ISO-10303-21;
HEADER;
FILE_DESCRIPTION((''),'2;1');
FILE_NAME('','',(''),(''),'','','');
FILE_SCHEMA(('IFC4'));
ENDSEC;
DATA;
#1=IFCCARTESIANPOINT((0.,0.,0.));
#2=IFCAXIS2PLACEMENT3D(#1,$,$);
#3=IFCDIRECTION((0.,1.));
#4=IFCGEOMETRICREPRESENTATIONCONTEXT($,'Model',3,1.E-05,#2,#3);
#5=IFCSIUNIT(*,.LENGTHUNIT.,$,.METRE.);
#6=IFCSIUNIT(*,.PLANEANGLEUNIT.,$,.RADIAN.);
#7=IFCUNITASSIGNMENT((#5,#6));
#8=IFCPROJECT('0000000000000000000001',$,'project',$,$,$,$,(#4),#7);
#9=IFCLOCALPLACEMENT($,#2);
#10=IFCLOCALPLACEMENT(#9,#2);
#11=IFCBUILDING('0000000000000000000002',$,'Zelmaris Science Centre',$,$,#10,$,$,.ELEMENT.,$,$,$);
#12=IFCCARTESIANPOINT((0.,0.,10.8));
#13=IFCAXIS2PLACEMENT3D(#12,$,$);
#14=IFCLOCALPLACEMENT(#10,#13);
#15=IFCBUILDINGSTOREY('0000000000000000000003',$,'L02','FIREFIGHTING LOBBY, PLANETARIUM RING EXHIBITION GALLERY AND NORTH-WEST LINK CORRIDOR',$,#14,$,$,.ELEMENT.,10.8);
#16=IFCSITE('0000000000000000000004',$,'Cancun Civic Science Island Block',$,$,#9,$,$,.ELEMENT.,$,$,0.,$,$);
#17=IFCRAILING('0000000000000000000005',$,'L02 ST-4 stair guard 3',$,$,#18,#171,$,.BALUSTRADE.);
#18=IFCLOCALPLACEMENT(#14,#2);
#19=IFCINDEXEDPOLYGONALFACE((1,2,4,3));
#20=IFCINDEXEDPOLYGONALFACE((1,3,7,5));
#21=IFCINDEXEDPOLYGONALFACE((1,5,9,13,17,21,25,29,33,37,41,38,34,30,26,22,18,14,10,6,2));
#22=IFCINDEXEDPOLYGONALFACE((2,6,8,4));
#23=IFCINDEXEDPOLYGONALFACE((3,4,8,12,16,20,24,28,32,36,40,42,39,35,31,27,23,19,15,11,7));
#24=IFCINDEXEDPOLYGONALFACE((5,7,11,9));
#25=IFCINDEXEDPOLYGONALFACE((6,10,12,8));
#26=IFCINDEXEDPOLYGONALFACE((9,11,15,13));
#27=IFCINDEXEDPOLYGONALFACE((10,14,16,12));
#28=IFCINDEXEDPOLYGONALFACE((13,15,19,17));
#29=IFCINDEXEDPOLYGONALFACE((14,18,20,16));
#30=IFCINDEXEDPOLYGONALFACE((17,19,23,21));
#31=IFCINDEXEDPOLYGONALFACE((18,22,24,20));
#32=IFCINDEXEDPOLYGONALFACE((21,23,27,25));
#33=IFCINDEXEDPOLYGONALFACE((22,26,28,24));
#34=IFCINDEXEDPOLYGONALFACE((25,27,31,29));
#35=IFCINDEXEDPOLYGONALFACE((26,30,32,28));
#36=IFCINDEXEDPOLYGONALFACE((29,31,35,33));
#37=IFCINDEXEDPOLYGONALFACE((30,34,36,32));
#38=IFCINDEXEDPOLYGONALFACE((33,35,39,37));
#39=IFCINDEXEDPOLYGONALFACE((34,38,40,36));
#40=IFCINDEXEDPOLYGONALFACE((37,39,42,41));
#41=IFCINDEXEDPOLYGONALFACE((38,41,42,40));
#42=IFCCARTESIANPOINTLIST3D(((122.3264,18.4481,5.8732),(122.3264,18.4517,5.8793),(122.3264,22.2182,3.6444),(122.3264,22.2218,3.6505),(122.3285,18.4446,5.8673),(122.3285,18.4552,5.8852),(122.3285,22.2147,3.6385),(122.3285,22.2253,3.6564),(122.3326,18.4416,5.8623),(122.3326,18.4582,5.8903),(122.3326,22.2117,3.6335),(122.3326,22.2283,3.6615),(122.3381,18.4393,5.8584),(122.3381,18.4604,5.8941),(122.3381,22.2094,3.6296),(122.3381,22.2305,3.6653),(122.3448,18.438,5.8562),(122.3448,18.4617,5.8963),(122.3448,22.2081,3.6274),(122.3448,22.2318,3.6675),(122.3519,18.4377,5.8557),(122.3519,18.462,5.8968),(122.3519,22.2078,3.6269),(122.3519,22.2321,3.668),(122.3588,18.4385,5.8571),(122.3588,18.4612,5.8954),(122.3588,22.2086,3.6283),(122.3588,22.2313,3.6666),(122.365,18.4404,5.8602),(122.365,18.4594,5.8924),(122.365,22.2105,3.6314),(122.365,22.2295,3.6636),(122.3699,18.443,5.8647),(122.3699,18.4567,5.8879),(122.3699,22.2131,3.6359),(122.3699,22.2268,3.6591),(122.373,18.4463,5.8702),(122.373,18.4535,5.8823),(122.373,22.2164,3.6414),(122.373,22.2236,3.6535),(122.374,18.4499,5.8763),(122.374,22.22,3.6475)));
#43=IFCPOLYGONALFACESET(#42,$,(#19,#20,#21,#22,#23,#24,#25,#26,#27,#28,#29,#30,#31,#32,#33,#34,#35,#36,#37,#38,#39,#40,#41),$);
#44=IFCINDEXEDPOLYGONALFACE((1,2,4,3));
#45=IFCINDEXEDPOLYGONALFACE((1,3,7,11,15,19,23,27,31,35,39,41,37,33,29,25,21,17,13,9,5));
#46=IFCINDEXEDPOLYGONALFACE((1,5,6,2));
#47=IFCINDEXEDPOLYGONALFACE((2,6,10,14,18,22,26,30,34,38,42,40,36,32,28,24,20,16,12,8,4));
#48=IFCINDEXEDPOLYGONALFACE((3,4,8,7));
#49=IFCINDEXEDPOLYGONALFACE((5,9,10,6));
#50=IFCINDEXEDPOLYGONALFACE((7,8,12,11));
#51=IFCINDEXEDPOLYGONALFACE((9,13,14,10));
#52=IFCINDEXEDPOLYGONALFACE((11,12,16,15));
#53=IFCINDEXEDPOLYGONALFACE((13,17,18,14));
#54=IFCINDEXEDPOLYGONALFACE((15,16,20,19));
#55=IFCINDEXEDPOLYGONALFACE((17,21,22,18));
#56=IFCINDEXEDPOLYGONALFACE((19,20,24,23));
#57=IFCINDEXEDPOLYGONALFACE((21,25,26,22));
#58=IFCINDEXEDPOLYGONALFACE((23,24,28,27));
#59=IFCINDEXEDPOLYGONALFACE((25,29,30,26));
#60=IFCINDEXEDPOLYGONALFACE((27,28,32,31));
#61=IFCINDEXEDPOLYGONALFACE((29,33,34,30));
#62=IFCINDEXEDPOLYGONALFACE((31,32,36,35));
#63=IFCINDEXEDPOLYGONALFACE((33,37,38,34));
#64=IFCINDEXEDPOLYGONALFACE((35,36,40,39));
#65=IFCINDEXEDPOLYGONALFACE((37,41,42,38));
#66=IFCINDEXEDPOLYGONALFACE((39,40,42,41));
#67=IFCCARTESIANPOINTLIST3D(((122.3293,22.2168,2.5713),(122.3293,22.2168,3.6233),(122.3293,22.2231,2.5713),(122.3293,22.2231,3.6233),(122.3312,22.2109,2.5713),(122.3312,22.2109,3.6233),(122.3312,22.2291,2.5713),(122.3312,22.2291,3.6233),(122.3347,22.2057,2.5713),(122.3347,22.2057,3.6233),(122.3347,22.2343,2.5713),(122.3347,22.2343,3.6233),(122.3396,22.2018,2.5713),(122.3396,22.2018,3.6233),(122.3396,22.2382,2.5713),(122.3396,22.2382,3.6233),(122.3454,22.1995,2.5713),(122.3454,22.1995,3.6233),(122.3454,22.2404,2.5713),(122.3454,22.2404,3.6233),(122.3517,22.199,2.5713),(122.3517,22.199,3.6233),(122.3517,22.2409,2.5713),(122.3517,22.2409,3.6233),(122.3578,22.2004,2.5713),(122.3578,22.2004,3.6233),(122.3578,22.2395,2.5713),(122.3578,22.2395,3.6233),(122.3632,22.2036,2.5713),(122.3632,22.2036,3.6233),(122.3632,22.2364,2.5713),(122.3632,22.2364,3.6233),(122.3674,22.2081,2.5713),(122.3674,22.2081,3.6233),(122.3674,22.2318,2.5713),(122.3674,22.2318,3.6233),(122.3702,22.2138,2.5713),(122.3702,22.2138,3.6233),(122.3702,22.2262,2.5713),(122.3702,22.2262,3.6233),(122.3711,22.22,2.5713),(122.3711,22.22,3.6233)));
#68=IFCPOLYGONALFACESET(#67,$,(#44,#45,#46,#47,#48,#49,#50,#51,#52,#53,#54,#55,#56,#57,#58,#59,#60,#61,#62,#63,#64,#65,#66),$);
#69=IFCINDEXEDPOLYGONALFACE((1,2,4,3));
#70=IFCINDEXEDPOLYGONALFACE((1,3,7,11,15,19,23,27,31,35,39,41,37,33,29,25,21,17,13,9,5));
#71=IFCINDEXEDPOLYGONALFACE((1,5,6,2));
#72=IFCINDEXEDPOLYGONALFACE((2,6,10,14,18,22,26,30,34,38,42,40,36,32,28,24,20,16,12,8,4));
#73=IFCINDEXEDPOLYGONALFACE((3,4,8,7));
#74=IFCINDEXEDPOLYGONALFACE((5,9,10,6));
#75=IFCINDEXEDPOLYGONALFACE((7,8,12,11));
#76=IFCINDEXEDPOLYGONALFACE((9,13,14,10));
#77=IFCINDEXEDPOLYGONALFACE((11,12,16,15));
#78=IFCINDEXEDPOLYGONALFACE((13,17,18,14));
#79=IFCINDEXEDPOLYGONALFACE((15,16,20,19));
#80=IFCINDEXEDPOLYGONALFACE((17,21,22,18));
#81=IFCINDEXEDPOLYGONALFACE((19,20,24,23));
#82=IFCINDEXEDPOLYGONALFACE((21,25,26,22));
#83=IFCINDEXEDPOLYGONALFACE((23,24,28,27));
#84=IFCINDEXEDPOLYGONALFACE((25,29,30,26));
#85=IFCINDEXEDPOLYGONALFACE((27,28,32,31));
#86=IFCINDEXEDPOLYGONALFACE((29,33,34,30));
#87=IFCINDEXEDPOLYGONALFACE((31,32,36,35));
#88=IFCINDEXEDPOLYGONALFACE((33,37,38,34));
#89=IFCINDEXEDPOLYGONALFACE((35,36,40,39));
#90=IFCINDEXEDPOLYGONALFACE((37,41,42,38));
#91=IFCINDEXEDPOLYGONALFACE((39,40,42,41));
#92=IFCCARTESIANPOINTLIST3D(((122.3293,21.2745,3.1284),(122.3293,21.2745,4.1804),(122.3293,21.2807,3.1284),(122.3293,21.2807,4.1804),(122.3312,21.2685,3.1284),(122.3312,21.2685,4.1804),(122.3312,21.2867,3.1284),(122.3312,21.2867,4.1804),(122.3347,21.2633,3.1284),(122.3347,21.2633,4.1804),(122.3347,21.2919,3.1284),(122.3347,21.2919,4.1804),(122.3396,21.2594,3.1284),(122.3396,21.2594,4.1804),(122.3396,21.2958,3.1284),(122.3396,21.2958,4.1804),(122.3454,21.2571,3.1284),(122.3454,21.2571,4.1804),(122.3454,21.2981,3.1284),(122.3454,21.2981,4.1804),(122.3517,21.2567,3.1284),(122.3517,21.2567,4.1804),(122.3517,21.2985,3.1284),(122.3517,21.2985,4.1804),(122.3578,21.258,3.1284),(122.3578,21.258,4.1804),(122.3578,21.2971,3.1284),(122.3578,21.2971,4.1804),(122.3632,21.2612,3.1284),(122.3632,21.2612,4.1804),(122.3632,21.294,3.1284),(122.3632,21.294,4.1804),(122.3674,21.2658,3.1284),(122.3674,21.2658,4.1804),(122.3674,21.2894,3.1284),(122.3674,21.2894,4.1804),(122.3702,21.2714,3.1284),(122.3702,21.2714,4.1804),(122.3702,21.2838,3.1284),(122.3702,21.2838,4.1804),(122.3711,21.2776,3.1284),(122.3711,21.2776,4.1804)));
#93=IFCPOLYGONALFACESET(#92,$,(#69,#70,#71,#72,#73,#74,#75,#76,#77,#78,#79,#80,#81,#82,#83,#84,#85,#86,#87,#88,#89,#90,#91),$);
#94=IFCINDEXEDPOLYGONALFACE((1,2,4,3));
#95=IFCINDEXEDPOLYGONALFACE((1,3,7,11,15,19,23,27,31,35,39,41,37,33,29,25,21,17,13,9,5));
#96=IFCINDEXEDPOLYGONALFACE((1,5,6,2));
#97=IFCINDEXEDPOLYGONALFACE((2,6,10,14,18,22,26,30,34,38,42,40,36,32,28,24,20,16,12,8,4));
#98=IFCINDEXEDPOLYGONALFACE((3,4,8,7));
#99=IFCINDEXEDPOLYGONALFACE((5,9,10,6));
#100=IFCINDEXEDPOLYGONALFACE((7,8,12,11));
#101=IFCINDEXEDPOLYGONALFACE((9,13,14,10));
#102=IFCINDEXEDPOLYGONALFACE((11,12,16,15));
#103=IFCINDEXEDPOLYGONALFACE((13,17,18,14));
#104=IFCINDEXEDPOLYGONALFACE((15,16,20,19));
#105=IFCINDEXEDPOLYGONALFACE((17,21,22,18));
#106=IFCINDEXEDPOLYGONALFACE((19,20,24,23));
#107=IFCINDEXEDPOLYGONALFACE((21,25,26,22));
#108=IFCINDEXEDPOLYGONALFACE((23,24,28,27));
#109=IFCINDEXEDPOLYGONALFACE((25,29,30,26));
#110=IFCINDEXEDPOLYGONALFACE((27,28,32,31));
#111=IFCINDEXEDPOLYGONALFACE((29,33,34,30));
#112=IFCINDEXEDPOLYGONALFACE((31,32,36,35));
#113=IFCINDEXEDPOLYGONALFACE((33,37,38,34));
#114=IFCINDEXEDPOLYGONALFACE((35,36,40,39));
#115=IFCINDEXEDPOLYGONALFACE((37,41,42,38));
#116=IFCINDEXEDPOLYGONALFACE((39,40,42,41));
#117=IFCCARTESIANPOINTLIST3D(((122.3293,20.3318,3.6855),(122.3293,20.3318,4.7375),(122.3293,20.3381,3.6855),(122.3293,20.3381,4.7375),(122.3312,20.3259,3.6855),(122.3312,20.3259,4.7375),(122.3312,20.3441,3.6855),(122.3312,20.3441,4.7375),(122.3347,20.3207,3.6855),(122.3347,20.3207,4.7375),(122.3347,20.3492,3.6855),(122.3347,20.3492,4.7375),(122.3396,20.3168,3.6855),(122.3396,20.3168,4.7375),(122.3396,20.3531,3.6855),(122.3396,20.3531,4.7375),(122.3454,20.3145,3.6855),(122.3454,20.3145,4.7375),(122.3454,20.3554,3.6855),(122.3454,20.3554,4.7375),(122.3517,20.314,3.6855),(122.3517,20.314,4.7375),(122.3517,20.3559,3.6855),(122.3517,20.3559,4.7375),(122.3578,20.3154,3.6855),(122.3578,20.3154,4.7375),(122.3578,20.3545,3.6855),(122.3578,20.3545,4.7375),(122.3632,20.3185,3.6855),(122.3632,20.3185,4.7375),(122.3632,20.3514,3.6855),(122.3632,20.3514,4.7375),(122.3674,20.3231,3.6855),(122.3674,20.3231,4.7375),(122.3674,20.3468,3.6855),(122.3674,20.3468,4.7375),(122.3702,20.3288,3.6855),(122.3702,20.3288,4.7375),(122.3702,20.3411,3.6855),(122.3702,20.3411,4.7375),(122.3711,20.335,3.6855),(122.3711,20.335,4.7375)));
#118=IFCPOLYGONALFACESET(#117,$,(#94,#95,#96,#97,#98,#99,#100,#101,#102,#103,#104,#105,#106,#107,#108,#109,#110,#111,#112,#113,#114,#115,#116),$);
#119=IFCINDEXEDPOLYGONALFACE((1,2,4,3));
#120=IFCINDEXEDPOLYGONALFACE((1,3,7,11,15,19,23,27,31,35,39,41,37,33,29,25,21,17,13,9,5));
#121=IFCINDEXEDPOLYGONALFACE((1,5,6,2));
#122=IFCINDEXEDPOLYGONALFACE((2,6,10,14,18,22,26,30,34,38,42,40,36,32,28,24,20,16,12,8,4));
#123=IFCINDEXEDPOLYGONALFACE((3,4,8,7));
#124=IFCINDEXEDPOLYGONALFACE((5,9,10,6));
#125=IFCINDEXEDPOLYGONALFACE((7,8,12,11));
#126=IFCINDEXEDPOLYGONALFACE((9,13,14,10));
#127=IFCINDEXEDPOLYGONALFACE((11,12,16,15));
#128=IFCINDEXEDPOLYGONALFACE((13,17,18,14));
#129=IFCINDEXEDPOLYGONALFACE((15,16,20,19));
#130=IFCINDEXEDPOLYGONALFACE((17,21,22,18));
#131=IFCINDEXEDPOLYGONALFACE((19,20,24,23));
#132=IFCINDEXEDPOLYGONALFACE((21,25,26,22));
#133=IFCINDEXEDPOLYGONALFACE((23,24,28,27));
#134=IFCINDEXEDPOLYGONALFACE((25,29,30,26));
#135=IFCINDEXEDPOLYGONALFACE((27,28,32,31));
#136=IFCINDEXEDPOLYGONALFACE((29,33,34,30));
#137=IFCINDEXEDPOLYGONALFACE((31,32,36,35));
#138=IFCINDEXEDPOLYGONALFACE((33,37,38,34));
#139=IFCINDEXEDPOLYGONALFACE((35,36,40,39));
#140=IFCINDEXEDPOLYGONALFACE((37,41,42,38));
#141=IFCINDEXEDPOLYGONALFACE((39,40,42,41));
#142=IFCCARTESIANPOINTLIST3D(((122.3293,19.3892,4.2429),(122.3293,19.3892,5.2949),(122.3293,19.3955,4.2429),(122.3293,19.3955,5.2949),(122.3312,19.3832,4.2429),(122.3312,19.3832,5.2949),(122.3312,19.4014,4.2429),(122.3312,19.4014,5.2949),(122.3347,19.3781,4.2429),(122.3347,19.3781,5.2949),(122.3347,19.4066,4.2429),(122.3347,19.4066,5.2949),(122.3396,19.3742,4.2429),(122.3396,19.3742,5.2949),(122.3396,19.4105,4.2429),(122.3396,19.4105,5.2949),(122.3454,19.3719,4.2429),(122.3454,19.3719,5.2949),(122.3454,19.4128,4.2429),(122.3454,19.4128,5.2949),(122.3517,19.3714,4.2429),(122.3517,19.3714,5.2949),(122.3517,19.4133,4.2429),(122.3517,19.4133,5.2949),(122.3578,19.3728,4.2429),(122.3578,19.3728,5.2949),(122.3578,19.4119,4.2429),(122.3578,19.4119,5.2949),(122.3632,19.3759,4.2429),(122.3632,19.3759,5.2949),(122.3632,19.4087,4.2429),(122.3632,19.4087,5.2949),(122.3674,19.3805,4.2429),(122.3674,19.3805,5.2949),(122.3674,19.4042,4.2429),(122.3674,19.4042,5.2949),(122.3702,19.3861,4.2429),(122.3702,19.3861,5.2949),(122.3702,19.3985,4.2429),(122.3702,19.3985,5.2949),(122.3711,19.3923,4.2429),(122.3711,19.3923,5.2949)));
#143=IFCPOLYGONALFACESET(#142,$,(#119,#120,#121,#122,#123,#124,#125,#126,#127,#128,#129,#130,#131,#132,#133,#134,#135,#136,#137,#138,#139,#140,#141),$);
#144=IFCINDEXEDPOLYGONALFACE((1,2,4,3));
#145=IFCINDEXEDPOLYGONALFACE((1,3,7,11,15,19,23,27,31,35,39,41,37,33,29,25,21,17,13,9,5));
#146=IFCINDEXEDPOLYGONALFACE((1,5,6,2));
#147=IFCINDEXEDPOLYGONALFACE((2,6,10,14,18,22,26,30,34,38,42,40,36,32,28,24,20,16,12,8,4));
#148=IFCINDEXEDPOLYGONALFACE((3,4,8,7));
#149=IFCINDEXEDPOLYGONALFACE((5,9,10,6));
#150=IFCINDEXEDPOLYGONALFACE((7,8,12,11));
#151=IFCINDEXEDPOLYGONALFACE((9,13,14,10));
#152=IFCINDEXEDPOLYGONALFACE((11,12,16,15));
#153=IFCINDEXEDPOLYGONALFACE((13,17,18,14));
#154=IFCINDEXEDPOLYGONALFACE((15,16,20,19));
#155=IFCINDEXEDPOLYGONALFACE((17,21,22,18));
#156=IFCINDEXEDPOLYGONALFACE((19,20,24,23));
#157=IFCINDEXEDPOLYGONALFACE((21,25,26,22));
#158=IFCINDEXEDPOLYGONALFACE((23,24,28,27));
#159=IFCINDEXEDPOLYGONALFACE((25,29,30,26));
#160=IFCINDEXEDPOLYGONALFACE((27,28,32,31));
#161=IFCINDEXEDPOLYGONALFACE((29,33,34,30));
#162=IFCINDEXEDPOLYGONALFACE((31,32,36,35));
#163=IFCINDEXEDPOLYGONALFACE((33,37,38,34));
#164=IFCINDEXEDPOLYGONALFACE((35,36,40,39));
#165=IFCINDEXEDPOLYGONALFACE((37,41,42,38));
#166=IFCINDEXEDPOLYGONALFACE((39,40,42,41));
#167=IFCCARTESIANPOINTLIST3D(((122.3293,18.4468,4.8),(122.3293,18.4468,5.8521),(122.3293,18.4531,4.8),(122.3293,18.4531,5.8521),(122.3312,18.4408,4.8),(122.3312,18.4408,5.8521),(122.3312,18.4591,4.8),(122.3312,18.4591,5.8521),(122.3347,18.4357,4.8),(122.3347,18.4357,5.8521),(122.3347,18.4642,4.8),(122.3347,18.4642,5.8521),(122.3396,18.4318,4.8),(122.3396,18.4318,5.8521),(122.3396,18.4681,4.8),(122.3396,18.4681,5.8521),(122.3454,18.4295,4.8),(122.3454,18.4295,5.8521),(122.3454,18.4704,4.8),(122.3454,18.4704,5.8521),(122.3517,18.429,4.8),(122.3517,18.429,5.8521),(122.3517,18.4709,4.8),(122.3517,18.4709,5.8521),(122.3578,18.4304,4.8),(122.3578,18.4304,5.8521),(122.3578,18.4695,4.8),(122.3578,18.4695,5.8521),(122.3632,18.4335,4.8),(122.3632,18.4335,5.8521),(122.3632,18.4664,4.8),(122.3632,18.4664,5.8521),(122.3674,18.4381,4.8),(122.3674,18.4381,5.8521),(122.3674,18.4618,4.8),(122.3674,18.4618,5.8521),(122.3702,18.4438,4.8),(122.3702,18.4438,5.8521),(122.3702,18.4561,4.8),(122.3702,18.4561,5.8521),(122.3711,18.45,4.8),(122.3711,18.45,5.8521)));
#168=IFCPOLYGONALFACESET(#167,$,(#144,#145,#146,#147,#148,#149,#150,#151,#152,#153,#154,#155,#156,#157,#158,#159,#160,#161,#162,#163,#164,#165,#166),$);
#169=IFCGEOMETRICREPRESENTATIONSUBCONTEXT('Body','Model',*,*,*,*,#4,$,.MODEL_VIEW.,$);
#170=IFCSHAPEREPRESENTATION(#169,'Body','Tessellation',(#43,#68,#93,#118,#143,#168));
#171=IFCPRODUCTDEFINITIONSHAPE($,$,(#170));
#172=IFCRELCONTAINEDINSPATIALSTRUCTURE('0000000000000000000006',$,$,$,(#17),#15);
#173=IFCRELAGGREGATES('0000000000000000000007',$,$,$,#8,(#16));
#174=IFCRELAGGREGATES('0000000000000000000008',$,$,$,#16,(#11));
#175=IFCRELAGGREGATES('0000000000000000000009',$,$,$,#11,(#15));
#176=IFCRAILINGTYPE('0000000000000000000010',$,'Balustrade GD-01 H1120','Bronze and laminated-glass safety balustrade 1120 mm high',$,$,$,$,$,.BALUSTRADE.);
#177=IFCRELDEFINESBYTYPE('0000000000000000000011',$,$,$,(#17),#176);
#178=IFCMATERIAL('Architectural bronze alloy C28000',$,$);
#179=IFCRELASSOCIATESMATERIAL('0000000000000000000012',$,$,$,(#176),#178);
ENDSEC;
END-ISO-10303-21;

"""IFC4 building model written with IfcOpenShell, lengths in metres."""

from ifc_helpers import new_model, si_unit, direction, frame, origin, origin_2d, place, context, subcontext, project, spatial, circle, extrude, material, type_object, element, save


model = new_model("IFC4")

# Units and contexts
model_context = context("Model", 3, precision=1e-05, world=origin(), true_north=direction((0.0, 1.0)))
body_context = subcontext(model_context, "Body", "Model", "MODEL_VIEW")
ifc_project = project(units=[si_unit("LENGTHUNIT", "METRE"), si_unit("PLANEANGLEUNIT", "RADIAN")], contexts=[model_context])

# Site, building, storey
site_placement = place(None, origin())
site = spatial("IfcSite", under=ifc_project, at=site_placement, Name="Cancun Civic Science Island Block", CompositionType="ELEMENT", RefElevation=0.0)
building_placement = place(site_placement, origin())
building = spatial("IfcBuilding", under=site, at=building_placement, Name="Zelmaris Science Centre", CompositionType="ELEMENT")
storey_placement = place(building_placement, frame((0.0, 0.0, 10.8)))
storey = spatial("IfcBuildingStorey", under=building, at=storey_placement, Name="L02", Description="FIREFIGHTING LOBBY, PLANETARIUM RING EXHIBITION GALLERY AND NORTH-WEST LINK CORRIDOR", CompositionType="ELEMENT", Elevation=10.8)

# Shared definitions
ifc_material_1 = material(Name="Architectural bronze alloy C28000")

# Railing
railing_type_1 = type_object("IfcRailingType", Name="Balustrade GD-01 H1120", Description="Bronze and laminated-glass safety balustrade 1120 mm high", PredefinedType="BALUSTRADE", material=ifc_material_1)
railing_1_placement = place(storey_placement, frame((122.3501, 22.22, 2.5713)))
element("IfcRailing", 1, at=railing_1_placement, inside=storey, type_object=railing_type_1, Name="L02 ST-4 stair guard 3", PredefinedType="BALUSTRADE", context=body_context, shape_type="SweptSolid", body=[
    extrude(circle(Radius=0.0239, at=origin_2d()), frame((0.0, 0.0, 1.0762), z_axis=(0.0, -0.860824, 0.508902), x_axis=(1.0, 0.0, 0.0)), (0.0, 0.0, 1.0), 4.3796),
    extrude(circle(Radius=0.021, at=origin_2d()), origin(), (0.0, 0.0, 1.0), 1.052),
    extrude(circle(Radius=0.021, at=origin_2d()), frame((0.0, -0.9424, 0.5571)), (0.0, 0.0, 1.0), 1.052),
    extrude(circle(Radius=0.021, at=origin_2d()), frame((0.0, -1.885, 1.1143)), (0.0, 0.0, 1.0), 1.052),
    extrude(circle(Radius=0.021, at=origin_2d()), frame((0.0, -2.8276, 1.6716)), (0.0, 0.0, 1.0), 1.052),
    extrude(circle(Radius=0.021, at=origin_2d()), frame((0.0, -3.77, 2.2288)), (0.0, 0.0, 1.0), 1.052),
])

save(model, "model.ifc")
